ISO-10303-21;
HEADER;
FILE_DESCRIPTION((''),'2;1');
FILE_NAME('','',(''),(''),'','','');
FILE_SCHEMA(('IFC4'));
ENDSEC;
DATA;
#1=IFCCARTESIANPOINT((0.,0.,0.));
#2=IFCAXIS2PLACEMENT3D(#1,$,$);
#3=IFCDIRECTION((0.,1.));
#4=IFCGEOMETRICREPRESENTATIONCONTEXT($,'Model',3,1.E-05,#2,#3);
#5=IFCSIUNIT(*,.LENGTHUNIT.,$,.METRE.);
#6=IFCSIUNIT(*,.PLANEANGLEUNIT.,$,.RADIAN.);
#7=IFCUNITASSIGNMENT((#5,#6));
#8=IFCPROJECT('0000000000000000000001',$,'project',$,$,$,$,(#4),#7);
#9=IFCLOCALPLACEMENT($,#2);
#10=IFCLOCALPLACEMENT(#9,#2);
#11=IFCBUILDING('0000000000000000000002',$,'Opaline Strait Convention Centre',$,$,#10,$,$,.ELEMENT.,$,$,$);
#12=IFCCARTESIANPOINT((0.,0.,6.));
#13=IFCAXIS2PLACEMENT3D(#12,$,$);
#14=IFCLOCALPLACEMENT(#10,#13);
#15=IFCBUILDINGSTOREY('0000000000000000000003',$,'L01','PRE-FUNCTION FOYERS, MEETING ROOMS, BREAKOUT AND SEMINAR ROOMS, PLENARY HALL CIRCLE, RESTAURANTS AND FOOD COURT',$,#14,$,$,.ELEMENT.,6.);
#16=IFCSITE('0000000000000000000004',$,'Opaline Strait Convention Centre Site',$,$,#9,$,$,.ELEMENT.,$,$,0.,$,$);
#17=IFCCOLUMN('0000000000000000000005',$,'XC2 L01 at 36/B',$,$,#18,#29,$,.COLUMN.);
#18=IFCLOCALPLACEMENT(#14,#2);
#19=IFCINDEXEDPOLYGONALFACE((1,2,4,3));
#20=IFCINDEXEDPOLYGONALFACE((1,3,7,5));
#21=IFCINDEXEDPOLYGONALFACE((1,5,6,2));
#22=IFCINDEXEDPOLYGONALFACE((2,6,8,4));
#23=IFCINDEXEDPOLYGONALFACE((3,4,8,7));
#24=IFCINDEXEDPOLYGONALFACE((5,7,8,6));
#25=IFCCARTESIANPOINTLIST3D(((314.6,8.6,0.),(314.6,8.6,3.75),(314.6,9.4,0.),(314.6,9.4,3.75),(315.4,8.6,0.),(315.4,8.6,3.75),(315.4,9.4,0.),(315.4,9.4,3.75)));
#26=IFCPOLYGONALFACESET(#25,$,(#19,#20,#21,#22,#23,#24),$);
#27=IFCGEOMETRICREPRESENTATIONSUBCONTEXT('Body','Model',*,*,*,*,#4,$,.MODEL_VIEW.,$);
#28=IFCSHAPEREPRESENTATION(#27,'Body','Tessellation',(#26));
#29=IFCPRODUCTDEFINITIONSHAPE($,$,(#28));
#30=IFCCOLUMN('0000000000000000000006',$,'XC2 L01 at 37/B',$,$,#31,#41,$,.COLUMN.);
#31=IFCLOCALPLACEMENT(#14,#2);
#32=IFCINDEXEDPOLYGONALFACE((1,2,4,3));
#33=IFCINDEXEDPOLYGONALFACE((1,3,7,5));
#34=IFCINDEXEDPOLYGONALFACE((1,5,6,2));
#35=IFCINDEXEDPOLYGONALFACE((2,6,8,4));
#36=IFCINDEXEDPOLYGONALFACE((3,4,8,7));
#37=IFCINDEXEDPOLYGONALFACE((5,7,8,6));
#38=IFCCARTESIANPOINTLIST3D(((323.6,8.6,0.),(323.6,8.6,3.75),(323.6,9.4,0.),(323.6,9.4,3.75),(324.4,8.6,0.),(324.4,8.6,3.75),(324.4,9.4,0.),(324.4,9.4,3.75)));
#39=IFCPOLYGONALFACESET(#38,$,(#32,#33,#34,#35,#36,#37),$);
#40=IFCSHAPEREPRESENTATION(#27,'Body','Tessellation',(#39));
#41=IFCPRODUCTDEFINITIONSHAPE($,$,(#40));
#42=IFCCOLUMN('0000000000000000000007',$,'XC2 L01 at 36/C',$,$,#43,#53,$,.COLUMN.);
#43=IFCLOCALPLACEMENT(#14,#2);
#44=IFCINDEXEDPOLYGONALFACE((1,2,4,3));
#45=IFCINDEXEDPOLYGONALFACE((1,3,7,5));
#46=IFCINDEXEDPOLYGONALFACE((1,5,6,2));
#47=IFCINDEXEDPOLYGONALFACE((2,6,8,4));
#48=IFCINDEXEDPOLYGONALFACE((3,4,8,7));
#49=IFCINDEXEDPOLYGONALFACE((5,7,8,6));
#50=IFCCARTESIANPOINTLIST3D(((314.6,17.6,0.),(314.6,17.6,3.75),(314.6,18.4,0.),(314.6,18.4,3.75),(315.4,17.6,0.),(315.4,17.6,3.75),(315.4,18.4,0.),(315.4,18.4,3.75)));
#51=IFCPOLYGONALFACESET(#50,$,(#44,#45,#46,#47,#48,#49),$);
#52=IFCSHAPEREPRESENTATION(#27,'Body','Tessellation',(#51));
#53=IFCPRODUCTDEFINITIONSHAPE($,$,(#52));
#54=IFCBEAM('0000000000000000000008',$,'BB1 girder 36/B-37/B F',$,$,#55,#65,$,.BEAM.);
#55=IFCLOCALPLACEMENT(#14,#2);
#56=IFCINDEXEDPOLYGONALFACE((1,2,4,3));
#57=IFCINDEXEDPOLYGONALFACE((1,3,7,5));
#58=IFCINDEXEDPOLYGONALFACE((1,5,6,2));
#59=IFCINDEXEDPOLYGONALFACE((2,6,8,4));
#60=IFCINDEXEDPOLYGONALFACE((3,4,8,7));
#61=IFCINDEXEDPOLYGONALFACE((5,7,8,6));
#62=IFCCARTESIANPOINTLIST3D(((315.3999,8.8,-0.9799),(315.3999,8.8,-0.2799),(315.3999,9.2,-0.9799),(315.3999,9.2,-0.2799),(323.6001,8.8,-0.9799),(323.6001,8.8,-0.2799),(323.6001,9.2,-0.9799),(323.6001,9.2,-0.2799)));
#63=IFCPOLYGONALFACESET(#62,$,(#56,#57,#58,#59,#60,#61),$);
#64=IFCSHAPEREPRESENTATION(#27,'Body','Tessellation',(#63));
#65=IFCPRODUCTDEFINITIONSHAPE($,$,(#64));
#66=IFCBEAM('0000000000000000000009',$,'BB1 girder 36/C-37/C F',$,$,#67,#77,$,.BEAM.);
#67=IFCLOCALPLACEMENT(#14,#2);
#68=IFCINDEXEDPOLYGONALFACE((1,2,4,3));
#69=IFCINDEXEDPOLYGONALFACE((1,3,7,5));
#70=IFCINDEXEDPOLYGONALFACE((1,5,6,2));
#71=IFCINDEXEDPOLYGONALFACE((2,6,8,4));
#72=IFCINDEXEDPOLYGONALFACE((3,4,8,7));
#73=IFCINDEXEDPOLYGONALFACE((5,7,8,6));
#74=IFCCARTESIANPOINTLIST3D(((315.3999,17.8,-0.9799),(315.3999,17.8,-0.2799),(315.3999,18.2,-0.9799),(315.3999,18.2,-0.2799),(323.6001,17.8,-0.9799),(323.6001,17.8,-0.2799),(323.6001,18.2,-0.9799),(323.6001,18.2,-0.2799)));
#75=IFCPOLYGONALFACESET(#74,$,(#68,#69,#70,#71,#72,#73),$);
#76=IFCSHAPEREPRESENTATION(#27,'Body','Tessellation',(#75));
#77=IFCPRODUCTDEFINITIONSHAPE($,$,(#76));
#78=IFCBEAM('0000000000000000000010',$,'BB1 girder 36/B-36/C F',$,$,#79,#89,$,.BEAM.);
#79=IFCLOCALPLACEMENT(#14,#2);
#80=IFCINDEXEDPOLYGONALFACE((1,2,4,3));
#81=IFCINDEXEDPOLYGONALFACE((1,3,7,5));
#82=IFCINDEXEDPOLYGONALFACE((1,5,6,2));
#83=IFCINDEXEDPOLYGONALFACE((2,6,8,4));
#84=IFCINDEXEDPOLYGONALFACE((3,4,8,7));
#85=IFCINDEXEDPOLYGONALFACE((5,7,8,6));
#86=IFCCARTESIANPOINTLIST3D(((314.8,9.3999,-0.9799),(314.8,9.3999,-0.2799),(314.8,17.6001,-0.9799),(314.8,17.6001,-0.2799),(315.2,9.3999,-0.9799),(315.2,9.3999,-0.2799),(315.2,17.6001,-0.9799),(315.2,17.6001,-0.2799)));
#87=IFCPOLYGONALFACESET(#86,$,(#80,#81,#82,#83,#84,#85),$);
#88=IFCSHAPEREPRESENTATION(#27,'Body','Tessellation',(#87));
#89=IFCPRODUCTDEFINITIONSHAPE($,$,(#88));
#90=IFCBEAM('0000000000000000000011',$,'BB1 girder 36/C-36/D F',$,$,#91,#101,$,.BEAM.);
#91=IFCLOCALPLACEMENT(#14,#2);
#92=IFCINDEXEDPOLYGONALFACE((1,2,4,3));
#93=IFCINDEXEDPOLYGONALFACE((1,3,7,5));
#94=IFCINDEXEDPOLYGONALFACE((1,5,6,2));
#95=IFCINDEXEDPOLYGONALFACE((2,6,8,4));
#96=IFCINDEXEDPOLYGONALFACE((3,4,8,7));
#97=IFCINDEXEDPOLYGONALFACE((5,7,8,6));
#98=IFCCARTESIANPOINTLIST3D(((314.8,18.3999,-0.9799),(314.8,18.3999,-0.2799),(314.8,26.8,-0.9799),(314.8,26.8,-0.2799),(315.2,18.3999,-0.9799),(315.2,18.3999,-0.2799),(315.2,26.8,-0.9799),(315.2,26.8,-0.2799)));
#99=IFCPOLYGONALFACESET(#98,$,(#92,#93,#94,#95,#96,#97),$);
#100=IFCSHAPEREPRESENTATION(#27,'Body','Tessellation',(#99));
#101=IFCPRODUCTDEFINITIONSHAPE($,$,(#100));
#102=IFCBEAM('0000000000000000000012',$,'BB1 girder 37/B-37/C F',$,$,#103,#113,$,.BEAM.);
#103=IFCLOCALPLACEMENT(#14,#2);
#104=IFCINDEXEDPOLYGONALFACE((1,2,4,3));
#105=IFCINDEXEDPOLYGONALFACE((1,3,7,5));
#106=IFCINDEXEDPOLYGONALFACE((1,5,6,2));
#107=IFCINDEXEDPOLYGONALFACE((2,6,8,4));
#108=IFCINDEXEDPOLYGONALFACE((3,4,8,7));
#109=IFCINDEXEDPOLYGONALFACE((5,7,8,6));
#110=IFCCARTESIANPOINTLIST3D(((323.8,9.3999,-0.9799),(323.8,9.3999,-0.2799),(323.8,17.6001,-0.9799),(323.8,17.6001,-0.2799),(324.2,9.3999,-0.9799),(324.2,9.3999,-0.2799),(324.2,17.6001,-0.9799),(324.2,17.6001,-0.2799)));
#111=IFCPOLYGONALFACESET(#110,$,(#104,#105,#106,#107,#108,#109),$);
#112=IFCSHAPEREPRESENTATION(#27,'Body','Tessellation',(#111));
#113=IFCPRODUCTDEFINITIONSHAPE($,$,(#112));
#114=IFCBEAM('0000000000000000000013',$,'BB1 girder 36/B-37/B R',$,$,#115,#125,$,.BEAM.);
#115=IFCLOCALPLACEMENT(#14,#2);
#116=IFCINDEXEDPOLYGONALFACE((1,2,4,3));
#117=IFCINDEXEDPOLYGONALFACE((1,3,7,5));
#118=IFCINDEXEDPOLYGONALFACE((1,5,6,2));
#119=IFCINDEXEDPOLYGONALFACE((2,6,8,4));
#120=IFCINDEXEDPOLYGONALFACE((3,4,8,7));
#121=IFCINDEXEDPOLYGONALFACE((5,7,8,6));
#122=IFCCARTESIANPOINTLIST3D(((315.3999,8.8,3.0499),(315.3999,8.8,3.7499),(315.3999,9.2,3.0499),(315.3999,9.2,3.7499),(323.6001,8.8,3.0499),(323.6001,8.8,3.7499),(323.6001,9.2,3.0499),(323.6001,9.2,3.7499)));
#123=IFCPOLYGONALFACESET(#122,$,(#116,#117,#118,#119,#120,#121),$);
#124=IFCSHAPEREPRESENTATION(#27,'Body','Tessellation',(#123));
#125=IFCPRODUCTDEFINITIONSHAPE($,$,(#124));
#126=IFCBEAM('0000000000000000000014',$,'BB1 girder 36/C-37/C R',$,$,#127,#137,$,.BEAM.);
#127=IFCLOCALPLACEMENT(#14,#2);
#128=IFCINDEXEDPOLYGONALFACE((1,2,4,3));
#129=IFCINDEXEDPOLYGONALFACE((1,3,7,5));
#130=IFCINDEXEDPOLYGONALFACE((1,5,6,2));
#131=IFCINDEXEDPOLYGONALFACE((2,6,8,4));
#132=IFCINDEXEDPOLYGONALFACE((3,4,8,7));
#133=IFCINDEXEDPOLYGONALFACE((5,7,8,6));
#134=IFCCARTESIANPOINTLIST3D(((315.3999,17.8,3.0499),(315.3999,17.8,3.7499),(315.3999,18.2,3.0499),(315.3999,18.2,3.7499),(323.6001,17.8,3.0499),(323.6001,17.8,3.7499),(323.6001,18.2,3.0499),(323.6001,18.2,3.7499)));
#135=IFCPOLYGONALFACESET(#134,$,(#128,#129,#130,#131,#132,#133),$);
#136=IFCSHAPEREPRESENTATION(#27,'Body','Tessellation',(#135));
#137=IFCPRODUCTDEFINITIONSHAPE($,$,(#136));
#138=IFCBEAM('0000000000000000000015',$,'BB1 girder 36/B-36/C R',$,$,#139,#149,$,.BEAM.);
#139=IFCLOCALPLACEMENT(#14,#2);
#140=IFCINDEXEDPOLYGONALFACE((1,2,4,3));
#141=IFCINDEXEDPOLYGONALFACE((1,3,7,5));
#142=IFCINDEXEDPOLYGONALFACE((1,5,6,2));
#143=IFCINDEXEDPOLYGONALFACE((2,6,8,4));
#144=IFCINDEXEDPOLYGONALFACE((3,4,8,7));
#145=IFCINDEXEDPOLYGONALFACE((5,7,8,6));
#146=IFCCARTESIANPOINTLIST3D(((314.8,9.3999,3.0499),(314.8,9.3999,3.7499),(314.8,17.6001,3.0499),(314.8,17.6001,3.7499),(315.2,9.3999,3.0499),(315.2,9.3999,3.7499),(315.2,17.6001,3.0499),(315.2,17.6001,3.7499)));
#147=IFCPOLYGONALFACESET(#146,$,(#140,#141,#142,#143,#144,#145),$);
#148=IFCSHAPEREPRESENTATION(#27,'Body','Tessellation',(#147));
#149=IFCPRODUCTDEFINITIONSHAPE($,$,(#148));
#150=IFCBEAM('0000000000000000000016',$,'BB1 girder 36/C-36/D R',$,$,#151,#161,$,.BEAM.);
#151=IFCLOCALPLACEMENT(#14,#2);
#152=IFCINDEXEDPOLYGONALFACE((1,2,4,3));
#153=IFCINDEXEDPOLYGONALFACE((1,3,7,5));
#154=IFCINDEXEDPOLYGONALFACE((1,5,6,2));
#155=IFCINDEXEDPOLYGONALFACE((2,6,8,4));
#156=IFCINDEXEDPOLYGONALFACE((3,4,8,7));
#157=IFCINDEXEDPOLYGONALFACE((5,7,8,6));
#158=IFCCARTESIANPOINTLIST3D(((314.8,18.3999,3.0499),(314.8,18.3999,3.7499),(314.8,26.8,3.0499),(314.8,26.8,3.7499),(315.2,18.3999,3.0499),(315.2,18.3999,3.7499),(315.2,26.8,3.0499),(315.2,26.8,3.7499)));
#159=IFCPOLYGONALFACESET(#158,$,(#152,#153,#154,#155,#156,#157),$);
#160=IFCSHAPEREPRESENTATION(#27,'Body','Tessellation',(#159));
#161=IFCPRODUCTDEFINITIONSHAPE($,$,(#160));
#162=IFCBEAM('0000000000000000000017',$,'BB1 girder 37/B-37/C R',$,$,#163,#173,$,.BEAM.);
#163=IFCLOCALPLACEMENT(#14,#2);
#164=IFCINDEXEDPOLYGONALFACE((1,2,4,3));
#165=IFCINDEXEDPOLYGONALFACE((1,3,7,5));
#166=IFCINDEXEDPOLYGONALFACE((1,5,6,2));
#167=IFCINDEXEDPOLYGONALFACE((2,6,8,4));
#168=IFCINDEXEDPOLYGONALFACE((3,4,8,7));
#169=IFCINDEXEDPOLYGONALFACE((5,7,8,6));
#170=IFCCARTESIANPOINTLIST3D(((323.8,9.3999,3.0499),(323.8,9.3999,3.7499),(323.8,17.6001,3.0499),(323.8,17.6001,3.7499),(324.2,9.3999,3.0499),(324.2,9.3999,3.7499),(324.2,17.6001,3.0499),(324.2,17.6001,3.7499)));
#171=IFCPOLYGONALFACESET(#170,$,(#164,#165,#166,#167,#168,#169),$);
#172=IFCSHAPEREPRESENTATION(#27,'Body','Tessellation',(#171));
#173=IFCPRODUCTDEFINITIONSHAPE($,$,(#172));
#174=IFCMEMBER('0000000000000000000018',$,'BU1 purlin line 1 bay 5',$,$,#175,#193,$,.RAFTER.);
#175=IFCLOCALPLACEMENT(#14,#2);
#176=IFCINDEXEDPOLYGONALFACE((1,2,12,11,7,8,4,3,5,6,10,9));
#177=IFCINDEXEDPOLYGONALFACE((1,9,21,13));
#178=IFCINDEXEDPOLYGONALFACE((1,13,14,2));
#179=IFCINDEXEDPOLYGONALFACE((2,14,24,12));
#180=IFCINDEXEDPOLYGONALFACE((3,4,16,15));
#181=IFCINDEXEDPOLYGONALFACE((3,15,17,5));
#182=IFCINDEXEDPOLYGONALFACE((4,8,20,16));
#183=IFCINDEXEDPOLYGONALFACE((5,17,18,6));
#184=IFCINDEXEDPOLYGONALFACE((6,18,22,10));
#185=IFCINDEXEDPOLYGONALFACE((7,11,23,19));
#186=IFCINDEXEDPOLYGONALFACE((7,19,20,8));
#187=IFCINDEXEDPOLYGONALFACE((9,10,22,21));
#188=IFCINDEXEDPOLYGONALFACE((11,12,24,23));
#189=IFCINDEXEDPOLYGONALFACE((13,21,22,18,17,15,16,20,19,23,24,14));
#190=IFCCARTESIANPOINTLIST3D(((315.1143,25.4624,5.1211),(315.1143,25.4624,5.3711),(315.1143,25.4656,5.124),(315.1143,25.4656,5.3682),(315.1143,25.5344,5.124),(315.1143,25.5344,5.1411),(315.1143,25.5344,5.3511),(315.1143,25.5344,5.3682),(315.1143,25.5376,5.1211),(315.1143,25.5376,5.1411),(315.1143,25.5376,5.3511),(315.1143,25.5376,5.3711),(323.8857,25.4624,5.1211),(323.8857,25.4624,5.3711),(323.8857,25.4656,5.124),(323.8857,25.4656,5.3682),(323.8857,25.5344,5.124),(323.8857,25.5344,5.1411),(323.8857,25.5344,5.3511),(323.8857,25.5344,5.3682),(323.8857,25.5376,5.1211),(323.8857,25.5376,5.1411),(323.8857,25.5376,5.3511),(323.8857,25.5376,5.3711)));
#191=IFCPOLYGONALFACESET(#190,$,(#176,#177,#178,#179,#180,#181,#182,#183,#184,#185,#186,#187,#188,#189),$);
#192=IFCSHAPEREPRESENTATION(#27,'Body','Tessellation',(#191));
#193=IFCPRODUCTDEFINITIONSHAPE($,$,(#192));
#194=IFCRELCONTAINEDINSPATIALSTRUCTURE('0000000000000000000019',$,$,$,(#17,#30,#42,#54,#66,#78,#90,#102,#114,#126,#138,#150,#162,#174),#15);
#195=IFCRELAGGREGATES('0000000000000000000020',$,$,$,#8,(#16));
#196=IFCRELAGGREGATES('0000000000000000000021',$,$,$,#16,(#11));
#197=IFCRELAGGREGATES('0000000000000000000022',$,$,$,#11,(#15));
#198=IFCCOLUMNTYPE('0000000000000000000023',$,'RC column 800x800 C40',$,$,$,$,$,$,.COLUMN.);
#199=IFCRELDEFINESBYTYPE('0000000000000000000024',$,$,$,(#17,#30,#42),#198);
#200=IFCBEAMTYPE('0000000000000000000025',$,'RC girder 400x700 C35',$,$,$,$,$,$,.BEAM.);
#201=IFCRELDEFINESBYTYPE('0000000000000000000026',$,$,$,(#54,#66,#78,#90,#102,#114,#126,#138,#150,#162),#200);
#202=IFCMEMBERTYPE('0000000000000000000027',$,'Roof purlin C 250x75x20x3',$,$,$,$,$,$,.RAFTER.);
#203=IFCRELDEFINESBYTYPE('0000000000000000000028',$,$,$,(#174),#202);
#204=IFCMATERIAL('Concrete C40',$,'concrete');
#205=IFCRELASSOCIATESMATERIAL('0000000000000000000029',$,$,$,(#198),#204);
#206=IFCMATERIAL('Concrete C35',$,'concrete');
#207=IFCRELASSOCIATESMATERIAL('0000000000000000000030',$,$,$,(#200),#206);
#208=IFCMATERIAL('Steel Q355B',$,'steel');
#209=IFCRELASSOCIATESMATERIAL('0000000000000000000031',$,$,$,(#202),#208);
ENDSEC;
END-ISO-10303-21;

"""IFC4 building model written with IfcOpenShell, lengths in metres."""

from ifc_helpers import new_model, si_unit, direction, frame, origin, origin_2d, place, context, subcontext, project, spatial, polyline, rectangle, outline, extrude, material, material_profile, profile_set, type_object, element, save


model = new_model("IFC4")

# Units and contexts
model_context = context("Model", 3, precision=1e-05, world=origin(), true_north=direction((0.0, 1.0)))
body_context = subcontext(model_context, "Body", "Model", "MODEL_VIEW")
ifc_project = project(units=[si_unit("LENGTHUNIT", "METRE"), si_unit("PLANEANGLEUNIT", "RADIAN")], contexts=[model_context])

# Site, building, storey
site_placement = place(None, origin())
site = spatial("IfcSite", under=ifc_project, at=site_placement, Name="Opaline Strait Convention Centre Site", CompositionType="ELEMENT", RefElevation=0.0)
building_placement = place(site_placement, origin())
building = spatial("IfcBuilding", under=site, at=building_placement, Name="Opaline Strait Convention Centre", CompositionType="ELEMENT")
storey_placement = place(building_placement, frame((0.0, 0.0, 6.0)))
storey = spatial("IfcBuildingStorey", under=building, at=storey_placement, Name="L01", Description="PRE-FUNCTION FOYERS, MEETING ROOMS, BREAKOUT AND SEMINAR ROOMS, PLENARY HALL CIRCLE, RESTAURANTS AND FOOD COURT", CompositionType="ELEMENT", Elevation=6.0)

# Columns
ifc_material_1 = material(Name="Concrete C40", Category="concrete")
ifc_material_profile_1 = material_profile(ifc_material_1, rectangle(XDim=0.8, YDim=0.8, at=origin_2d()), Name="RC 800x800")
ifc_profile_set_1 = profile_set([ifc_material_profile_1], Name="Concrete C40")
column_type = type_object("IfcColumnType", Name="RC column 800x800 C40", PredefinedType="COLUMN", material=ifc_profile_set_1)
for number, where, z_axis, x_axis, name in (
    (1, (315.0, 9.0, 0.0), (0.0, 0.0, 1.0), (1.0, 0.0, 0.0), "XC2 L01 at 36/B"),
    (2, (324.0, 9.0, 0.0), (0.0, 0.0, 1.0), (1.0, 0.0, 0.0), "XC2 L01 at 37/B"),
    (3, (315.0, 18.0, 0.0), (0.0, 0.0, 1.0), (1.0, 0.0, 0.0), "XC2 L01 at 36/C"),
):
    element("IfcColumn", number, at=place(storey_placement, frame(where, z_axis=z_axis, x_axis=x_axis)), inside=storey, type_object=column_type, Name=name, PredefinedType="COLUMN", context=body_context, shape_type="SweptSolid", body=[
        extrude(rectangle(XDim=0.8, YDim=0.8, at=origin_2d()), origin(), (0.0, 0.0, 1.0), 3.75),
    ])

# Beams
ifc_material_2 = material(Name="Concrete C35", Category="concrete")
ifc_material_profile_2 = material_profile(ifc_material_2, rectangle(XDim=0.3999, YDim=0.7, at=origin_2d()), Name="RC 400x700")
ifc_profile_set_2 = profile_set([ifc_material_profile_2], Name="Concrete C35")
beam_type = type_object("IfcBeamType", Name="RC girder 400x700 C35", PredefinedType="BEAM", material=ifc_profile_set_2)
for number, where, z_axis, x_axis, name in (
    (4, (315.3999, 9.0, -0.6299), (1.0, 0.0, 0.0), (0.0, 1.0, 0.0), "BB1 girder 36/B-37/B F"),
    (5, (315.3999, 18.0, -0.6299), (1.0, 0.0, 0.0), (0.0, 1.0, 0.0), "BB1 girder 36/C-37/C F"),
    (6, (315.0, 9.3999, -0.6299), (0.0, 1.0, 0.0), (-1.0, 0.0, 0.0), "BB1 girder 36/B-36/C F"),
):
    element("IfcBeam", number, at=place(storey_placement, frame(where, z_axis=z_axis, x_axis=x_axis)), inside=storey, type_object=beam_type, Name=name, PredefinedType="BEAM", context=body_context, shape_type="SweptSolid", body=[
        extrude(rectangle(XDim=0.3999, YDim=0.7, at=origin_2d()), origin(), (0.0, 0.0, 1.0), 8.2002),
    ])
beam_1_placement = place(storey_placement, frame((315.0, 18.3999, -0.6299), z_axis=(0.0, 1.0, 0.0), x_axis=(-1.0, 0.0, 0.0)))
element("IfcBeam", 7, at=beam_1_placement, inside=storey, type_object=beam_type, Name="BB1 girder 36/C-36/D F", PredefinedType="BEAM", context=body_context, shape_type="SweptSolid", body=[
    extrude(rectangle(XDim=0.3999, YDim=0.7, at=origin_2d()), origin(), (0.0, 0.0, 1.0), 8.4001),
])
for number, where, z_axis, x_axis, name in (
    (8, (324.0, 9.3999, -0.6299), (0.0, 1.0, 0.0), (-1.0, 0.0, 0.0), "BB1 girder 37/B-37/C F"),
    (9, (315.3999, 9.0, 3.3999), (1.0, 0.0, 0.0), (0.0, 1.0, 0.0), "BB1 girder 36/B-37/B R"),
    (10, (315.3999, 18.0, 3.3999), (1.0, 0.0, 0.0), (0.0, 1.0, 0.0), "BB1 girder 36/C-37/C R"),
    (11, (315.0, 9.3999, 3.3999), (0.0, 1.0, 0.0), (-1.0, 0.0, 0.0), "BB1 girder 36/B-36/C R"),
):
    element("IfcBeam", number, at=place(storey_placement, frame(where, z_axis=z_axis, x_axis=x_axis)), inside=storey, type_object=beam_type, Name=name, PredefinedType="BEAM", context=body_context, shape_type="SweptSolid", body=[
        extrude(rectangle(XDim=0.3999, YDim=0.7, at=origin_2d()), origin(), (0.0, 0.0, 1.0), 8.2002),
    ])
beam_2_placement = place(storey_placement, frame((315.0, 18.3999, 3.3999), z_axis=(0.0, 1.0, 0.0), x_axis=(-1.0, 0.0, 0.0)))
element("IfcBeam", 12, at=beam_2_placement, inside=storey, type_object=beam_type, Name="BB1 girder 36/C-36/D R", PredefinedType="BEAM", context=body_context, shape_type="SweptSolid", body=[
    extrude(rectangle(XDim=0.3999, YDim=0.7, at=origin_2d()), origin(), (0.0, 0.0, 1.0), 8.4001),
])
beam_3_placement = place(storey_placement, frame((324.0, 9.3999, 3.3999), z_axis=(0.0, 1.0, 0.0), x_axis=(-1.0, 0.0, 0.0)))
element("IfcBeam", 13, at=beam_3_placement, inside=storey, type_object=beam_type, Name="BB1 girder 37/B-37/C R", PredefinedType="BEAM", context=body_context, shape_type="SweptSolid", body=[
    extrude(rectangle(XDim=0.3999, YDim=0.7, at=origin_2d()), origin(), (0.0, 0.0, 1.0), 8.2002),
])

# Member
ifc_material_3 = material(Name="Steel Q355B", Category="steel")
ifc_material_profile_3 = material_profile(ifc_material_3, outline(polyline([(-0.0376, -0.125), (0.0376, -0.125), (0.0376, -0.105), (0.0344, -0.105), (0.0344, -0.1221), (-0.0344, -0.1221), (-0.0344, 0.1221), (0.0344, 0.1221), (0.0344, 0.105), (0.0376, 0.105), (0.0376, 0.125), (-0.0376, 0.125), (-0.0376, -0.125)])), Name="C 250x75x20x3")
ifc_profile_set_3 = profile_set([ifc_material_profile_3], Name="Steel Q355B")
member_type_1 = type_object("IfcMemberType", Name="Roof purlin C 250x75x20x3", PredefinedType="RAFTER", material=ifc_profile_set_3)
member_1_placement = place(storey_placement, frame((315.1143, 25.5, 5.2461), z_axis=(1.0, 0.0, 0.0), x_axis=(0.0, 1.0, 0.0)))
element("IfcMember", 14, at=member_1_placement, inside=storey, type_object=member_type_1, Name="BU1 purlin line 1 bay 5", PredefinedType="RAFTER", context=body_context, shape_type="SweptSolid", body=[
    extrude(outline(polyline([(-0.0376, -0.125), (0.0376, -0.125), (0.0376, -0.105), (0.0344, -0.105), (0.0344, -0.1221), (-0.0344, -0.1221), (-0.0344, 0.1221), (0.0344, 0.1221), (0.0344, 0.105), (0.0376, 0.105), (0.0376, 0.125), (-0.0376, 0.125), (-0.0376, -0.125)])), origin(), (0.0, 0.0, 1.0), 8.7715),
])

save(model, "model.ifc")
